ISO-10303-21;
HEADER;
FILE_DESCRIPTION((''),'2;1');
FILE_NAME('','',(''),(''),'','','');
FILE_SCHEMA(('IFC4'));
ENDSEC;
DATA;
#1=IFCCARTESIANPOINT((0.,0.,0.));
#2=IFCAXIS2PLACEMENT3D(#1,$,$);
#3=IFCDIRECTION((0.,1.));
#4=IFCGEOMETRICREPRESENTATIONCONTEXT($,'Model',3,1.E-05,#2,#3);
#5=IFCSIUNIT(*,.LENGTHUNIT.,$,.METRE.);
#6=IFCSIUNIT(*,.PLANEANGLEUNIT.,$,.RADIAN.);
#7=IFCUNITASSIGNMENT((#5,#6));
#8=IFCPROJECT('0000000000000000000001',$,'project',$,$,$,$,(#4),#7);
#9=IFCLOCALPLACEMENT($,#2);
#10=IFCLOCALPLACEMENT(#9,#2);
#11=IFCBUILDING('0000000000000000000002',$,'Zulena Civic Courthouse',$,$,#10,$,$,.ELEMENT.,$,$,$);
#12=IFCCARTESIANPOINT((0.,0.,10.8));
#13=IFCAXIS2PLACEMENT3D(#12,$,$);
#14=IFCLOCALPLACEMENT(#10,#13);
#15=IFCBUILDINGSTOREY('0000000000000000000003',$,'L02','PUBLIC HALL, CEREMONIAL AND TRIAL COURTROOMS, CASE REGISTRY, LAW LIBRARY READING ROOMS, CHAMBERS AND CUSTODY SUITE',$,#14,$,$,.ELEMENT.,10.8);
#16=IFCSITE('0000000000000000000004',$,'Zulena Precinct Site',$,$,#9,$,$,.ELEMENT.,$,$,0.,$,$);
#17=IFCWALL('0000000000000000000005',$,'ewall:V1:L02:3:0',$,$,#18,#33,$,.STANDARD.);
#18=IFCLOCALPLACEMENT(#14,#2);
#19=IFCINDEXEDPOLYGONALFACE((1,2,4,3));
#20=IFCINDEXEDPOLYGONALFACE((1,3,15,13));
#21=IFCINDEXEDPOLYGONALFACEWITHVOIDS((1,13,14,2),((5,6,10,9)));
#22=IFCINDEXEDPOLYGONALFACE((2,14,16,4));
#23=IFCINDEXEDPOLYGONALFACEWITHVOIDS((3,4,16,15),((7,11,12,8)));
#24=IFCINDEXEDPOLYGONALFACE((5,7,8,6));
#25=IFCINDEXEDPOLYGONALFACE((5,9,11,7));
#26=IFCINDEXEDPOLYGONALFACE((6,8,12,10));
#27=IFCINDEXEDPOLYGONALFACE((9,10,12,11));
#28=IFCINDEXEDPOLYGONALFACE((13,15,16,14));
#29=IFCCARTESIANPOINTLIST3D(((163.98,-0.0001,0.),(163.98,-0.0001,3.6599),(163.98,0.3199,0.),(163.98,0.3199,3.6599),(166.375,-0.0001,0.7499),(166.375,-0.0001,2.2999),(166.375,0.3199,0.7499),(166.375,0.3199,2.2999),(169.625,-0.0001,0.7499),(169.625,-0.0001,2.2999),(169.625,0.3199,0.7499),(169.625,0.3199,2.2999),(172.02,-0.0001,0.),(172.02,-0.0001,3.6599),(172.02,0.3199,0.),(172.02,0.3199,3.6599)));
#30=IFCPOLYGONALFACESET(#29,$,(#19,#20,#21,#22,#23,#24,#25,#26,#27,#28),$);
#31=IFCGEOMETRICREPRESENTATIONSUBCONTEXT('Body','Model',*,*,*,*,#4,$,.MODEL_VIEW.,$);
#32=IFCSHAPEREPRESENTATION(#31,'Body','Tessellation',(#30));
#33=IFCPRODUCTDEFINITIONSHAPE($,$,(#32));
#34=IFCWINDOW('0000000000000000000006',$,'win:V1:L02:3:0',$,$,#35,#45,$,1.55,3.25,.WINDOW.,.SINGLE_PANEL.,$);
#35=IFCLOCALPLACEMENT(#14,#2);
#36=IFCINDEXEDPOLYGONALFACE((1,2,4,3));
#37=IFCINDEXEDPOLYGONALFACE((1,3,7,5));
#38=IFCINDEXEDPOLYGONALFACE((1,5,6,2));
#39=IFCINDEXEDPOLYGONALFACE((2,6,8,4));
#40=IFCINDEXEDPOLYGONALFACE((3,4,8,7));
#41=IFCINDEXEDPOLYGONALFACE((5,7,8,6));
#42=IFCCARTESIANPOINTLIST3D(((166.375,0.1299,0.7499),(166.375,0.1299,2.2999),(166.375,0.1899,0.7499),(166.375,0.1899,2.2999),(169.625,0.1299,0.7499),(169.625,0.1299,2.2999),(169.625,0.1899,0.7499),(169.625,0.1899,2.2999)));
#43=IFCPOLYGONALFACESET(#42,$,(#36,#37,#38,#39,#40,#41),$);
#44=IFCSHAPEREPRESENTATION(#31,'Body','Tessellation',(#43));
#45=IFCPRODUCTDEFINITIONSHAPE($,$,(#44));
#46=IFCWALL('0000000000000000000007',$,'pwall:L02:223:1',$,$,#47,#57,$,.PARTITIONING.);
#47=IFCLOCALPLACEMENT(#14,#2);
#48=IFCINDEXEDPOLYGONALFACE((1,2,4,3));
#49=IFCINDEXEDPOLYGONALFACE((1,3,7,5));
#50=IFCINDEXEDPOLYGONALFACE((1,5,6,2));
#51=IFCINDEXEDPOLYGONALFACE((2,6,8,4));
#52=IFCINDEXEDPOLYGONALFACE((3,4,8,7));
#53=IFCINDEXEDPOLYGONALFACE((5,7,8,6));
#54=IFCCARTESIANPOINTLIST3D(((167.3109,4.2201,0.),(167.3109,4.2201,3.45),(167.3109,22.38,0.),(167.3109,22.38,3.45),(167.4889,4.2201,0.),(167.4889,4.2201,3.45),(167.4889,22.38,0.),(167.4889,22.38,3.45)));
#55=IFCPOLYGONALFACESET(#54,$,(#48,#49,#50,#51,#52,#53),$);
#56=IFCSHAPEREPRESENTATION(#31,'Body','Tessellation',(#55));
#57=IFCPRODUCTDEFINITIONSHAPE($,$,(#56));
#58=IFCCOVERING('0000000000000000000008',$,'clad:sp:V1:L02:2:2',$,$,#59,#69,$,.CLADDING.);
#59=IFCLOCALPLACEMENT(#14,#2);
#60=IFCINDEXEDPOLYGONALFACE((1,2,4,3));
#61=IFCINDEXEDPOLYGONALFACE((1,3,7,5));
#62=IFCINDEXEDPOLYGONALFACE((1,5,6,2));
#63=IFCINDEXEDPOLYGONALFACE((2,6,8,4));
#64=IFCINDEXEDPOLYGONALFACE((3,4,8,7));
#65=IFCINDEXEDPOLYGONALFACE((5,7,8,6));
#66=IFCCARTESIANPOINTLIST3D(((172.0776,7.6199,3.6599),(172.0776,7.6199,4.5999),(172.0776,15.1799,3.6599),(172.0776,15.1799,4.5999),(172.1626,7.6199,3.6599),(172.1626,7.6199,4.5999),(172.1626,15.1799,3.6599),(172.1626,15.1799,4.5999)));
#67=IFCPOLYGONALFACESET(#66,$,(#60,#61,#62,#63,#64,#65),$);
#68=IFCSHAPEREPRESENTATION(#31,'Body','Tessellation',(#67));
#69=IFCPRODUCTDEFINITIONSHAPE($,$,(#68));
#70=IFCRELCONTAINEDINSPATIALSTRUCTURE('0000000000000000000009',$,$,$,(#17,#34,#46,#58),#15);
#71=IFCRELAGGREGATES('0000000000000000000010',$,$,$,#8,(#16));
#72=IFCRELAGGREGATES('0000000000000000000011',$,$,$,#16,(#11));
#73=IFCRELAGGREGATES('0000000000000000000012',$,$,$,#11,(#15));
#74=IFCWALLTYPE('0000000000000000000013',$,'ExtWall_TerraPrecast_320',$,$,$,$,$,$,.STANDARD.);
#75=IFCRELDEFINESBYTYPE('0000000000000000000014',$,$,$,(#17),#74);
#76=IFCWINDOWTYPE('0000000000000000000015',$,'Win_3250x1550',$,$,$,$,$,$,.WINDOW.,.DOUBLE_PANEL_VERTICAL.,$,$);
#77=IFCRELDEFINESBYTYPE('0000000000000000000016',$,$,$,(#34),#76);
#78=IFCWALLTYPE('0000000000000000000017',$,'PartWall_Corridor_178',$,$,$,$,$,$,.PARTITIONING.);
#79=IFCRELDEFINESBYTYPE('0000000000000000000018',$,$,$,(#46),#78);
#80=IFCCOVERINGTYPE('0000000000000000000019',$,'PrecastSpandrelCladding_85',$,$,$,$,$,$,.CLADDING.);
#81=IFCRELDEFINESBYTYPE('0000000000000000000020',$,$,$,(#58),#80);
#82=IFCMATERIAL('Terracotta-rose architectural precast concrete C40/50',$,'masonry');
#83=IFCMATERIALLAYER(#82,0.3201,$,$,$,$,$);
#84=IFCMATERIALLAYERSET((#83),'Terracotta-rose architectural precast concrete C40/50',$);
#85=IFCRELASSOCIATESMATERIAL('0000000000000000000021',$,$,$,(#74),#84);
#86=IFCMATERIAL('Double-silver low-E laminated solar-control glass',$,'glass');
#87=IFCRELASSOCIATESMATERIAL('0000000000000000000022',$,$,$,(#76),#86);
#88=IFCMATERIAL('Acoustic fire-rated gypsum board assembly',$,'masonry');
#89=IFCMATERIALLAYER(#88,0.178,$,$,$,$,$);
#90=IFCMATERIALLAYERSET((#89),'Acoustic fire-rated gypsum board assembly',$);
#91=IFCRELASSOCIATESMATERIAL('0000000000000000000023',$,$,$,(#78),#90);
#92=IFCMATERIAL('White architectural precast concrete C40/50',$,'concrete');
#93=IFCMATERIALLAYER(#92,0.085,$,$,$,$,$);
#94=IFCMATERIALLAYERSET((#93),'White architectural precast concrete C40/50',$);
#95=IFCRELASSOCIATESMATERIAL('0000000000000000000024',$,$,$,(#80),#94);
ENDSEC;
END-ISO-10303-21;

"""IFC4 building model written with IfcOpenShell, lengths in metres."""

from ifc_helpers import new_model, si_unit, direction, frame, frame_2d, origin, origin_2d, place, context, subcontext, project, spatial, rectangle, extrude, material, layer, layer_set, type_object, element, fill, save


model = new_model("IFC4")

# Units and contexts
model_context = context("Model", 3, precision=1e-05, world=origin(), true_north=direction((0.0, 1.0)))
body_context = subcontext(model_context, "Body", "Model", "MODEL_VIEW")
ifc_project = project(units=[si_unit("LENGTHUNIT", "METRE"), si_unit("PLANEANGLEUNIT", "RADIAN")], contexts=[model_context])

# Site, building, storey
site_placement = place(None, origin())
site = spatial("IfcSite", under=ifc_project, at=site_placement, Name="Zulena Precinct Site", CompositionType="ELEMENT", RefElevation=0.0)
building_placement = place(site_placement, origin())
building = spatial("IfcBuilding", under=site, at=building_placement, Name="Zulena Civic Courthouse", CompositionType="ELEMENT")
storey_placement = place(building_placement, frame((0.0, 0.0, 10.8)))
storey = spatial("IfcBuildingStorey", under=building, at=storey_placement, Name="L02", Description="PUBLIC HALL, CEREMONIAL AND TRIAL COURTROOMS, CASE REGISTRY, LAW LIBRARY READING ROOMS, CHAMBERS AND CUSTODY SUITE", CompositionType="ELEMENT", Elevation=10.8)

# Shared definitions
ifc_material_1 = material(Name="Double-silver low-E laminated solar-control glass", Category="glass")

# Wall, opening, window
ifc_material_2 = material(Name="Terracotta-rose architectural precast concrete C40/50", Category="masonry")
ifc_layer_1 = layer(ifc_material_2, 0.3201)
ifc_layer_set_1 = layer_set([ifc_layer_1], Name="Terracotta-rose architectural precast concrete C40/50")
wall_type_1 = type_object("IfcWallType", Name="ExtWall_TerraPrecast_320", PredefinedType="STANDARD", material=ifc_layer_set_1)
wall_1_placement = place(storey_placement, frame((172.02, 0.1599, 0.0), z_axis=(0.0, 0.0, 1.0), x_axis=(-1.0, 0.0, 0.0)))
wall_1 = element("IfcWall", 1, at=wall_1_placement, inside=storey, type_object=wall_type_1, Name="ewall:V1:L02:3:0", PredefinedType="STANDARD", context=body_context, shape_type="SweptSolid", body=[
    extrude(rectangle(XDim=8.04, YDim=0.3201, at=frame_2d((4.02, 0.0))), origin(), (0.0, 0.0, 1.0), 3.6599),
])
opening_placement = place(wall_1_placement, frame((2.395, 0.0, 0.75)))
opening = element("IfcOpeningElement", 2, at=opening_placement, cuts=wall_1, PredefinedType="OPENING", context=body_context, shape_type="SweptSolid", body=[
    extrude(rectangle(XDim=3.25, YDim=1.55, at=frame_2d((1.625, 0.7749))), frame((0.0, 0.1699, 0.0), z_axis=(0.0, -1.0, 0.0), x_axis=(1.0, 0.0, 0.0)), (0.0, 0.0, 1.0), 0.3401),
])
window_type = type_object("IfcWindowType", Name="Win_3250x1550", PartitioningType="DOUBLE_PANEL_VERTICAL", PredefinedType="WINDOW", material=ifc_material_1)
window_placement = place(opening_placement, origin())
window = element("IfcWindow", 3, at=window_placement, inside=storey, type_object=window_type, Name="win:V1:L02:3:0", OverallHeight=1.55, OverallWidth=3.25, PartitioningType="SINGLE_PANEL", PredefinedType="WINDOW", context=body_context, shape_type="SweptSolid", body=[
    extrude(rectangle(XDim=3.25, YDim=1.55, at=frame_2d((1.625, 0.7749))), frame((0.0, 0.03, 0.0), z_axis=(0.0, -1.0, 0.0), x_axis=(1.0, 0.0, 0.0)), (0.0, 0.0, 1.0), 0.0601),
])
fill(opening, window)

# Wall
ifc_material_3 = material(Name="Acoustic fire-rated gypsum board assembly", Category="masonry")
ifc_layer_2 = layer(ifc_material_3, 0.178)
ifc_layer_set_2 = layer_set([ifc_layer_2], Name="Acoustic fire-rated gypsum board assembly")
wall_type_2 = type_object("IfcWallType", Name="PartWall_Corridor_178", PredefinedType="PARTITIONING", material=ifc_layer_set_2)
wall_2_placement = place(storey_placement, frame((167.3999, 4.22, 0.0), z_axis=(0.0, 0.0, 1.0), x_axis=(0.0, 1.0, 0.0)))
element("IfcWall", 4, at=wall_2_placement, inside=storey, type_object=wall_type_2, Name="pwall:L02:223:1", PredefinedType="PARTITIONING", context=body_context, shape_type="SweptSolid", body=[
    extrude(rectangle(XDim=18.1599, YDim=0.178, at=frame_2d((9.0801, 0.0))), origin(), (0.0, 0.0, 1.0), 3.45),
])

# Covering
ifc_material_4 = material(Name="White architectural precast concrete C40/50", Category="concrete")
ifc_layer_3 = layer(ifc_material_4, 0.085)
ifc_layer_set_3 = layer_set([ifc_layer_3], Name="White architectural precast concrete C40/50")
covering_type = type_object("IfcCoveringType", Name="PrecastSpandrelCladding_85", PredefinedType="CLADDING", material=ifc_layer_set_3)
covering_placement = place(storey_placement, frame((172.1201, 11.3999, 3.6599), z_axis=(0.0, 0.0, 1.0), x_axis=(0.0, -1.0, 0.0)))
element("IfcCovering", 5, at=covering_placement, inside=storey, type_object=covering_type, Name="clad:sp:V1:L02:2:2", PredefinedType="CLADDING", context=body_context, shape_type="SweptSolid", body=[
    extrude(rectangle(XDim=7.5601, YDim=0.085, at=origin_2d()), origin(), (0.0, 0.0, 1.0), 0.9399),
])

save(model, "model.ifc")
